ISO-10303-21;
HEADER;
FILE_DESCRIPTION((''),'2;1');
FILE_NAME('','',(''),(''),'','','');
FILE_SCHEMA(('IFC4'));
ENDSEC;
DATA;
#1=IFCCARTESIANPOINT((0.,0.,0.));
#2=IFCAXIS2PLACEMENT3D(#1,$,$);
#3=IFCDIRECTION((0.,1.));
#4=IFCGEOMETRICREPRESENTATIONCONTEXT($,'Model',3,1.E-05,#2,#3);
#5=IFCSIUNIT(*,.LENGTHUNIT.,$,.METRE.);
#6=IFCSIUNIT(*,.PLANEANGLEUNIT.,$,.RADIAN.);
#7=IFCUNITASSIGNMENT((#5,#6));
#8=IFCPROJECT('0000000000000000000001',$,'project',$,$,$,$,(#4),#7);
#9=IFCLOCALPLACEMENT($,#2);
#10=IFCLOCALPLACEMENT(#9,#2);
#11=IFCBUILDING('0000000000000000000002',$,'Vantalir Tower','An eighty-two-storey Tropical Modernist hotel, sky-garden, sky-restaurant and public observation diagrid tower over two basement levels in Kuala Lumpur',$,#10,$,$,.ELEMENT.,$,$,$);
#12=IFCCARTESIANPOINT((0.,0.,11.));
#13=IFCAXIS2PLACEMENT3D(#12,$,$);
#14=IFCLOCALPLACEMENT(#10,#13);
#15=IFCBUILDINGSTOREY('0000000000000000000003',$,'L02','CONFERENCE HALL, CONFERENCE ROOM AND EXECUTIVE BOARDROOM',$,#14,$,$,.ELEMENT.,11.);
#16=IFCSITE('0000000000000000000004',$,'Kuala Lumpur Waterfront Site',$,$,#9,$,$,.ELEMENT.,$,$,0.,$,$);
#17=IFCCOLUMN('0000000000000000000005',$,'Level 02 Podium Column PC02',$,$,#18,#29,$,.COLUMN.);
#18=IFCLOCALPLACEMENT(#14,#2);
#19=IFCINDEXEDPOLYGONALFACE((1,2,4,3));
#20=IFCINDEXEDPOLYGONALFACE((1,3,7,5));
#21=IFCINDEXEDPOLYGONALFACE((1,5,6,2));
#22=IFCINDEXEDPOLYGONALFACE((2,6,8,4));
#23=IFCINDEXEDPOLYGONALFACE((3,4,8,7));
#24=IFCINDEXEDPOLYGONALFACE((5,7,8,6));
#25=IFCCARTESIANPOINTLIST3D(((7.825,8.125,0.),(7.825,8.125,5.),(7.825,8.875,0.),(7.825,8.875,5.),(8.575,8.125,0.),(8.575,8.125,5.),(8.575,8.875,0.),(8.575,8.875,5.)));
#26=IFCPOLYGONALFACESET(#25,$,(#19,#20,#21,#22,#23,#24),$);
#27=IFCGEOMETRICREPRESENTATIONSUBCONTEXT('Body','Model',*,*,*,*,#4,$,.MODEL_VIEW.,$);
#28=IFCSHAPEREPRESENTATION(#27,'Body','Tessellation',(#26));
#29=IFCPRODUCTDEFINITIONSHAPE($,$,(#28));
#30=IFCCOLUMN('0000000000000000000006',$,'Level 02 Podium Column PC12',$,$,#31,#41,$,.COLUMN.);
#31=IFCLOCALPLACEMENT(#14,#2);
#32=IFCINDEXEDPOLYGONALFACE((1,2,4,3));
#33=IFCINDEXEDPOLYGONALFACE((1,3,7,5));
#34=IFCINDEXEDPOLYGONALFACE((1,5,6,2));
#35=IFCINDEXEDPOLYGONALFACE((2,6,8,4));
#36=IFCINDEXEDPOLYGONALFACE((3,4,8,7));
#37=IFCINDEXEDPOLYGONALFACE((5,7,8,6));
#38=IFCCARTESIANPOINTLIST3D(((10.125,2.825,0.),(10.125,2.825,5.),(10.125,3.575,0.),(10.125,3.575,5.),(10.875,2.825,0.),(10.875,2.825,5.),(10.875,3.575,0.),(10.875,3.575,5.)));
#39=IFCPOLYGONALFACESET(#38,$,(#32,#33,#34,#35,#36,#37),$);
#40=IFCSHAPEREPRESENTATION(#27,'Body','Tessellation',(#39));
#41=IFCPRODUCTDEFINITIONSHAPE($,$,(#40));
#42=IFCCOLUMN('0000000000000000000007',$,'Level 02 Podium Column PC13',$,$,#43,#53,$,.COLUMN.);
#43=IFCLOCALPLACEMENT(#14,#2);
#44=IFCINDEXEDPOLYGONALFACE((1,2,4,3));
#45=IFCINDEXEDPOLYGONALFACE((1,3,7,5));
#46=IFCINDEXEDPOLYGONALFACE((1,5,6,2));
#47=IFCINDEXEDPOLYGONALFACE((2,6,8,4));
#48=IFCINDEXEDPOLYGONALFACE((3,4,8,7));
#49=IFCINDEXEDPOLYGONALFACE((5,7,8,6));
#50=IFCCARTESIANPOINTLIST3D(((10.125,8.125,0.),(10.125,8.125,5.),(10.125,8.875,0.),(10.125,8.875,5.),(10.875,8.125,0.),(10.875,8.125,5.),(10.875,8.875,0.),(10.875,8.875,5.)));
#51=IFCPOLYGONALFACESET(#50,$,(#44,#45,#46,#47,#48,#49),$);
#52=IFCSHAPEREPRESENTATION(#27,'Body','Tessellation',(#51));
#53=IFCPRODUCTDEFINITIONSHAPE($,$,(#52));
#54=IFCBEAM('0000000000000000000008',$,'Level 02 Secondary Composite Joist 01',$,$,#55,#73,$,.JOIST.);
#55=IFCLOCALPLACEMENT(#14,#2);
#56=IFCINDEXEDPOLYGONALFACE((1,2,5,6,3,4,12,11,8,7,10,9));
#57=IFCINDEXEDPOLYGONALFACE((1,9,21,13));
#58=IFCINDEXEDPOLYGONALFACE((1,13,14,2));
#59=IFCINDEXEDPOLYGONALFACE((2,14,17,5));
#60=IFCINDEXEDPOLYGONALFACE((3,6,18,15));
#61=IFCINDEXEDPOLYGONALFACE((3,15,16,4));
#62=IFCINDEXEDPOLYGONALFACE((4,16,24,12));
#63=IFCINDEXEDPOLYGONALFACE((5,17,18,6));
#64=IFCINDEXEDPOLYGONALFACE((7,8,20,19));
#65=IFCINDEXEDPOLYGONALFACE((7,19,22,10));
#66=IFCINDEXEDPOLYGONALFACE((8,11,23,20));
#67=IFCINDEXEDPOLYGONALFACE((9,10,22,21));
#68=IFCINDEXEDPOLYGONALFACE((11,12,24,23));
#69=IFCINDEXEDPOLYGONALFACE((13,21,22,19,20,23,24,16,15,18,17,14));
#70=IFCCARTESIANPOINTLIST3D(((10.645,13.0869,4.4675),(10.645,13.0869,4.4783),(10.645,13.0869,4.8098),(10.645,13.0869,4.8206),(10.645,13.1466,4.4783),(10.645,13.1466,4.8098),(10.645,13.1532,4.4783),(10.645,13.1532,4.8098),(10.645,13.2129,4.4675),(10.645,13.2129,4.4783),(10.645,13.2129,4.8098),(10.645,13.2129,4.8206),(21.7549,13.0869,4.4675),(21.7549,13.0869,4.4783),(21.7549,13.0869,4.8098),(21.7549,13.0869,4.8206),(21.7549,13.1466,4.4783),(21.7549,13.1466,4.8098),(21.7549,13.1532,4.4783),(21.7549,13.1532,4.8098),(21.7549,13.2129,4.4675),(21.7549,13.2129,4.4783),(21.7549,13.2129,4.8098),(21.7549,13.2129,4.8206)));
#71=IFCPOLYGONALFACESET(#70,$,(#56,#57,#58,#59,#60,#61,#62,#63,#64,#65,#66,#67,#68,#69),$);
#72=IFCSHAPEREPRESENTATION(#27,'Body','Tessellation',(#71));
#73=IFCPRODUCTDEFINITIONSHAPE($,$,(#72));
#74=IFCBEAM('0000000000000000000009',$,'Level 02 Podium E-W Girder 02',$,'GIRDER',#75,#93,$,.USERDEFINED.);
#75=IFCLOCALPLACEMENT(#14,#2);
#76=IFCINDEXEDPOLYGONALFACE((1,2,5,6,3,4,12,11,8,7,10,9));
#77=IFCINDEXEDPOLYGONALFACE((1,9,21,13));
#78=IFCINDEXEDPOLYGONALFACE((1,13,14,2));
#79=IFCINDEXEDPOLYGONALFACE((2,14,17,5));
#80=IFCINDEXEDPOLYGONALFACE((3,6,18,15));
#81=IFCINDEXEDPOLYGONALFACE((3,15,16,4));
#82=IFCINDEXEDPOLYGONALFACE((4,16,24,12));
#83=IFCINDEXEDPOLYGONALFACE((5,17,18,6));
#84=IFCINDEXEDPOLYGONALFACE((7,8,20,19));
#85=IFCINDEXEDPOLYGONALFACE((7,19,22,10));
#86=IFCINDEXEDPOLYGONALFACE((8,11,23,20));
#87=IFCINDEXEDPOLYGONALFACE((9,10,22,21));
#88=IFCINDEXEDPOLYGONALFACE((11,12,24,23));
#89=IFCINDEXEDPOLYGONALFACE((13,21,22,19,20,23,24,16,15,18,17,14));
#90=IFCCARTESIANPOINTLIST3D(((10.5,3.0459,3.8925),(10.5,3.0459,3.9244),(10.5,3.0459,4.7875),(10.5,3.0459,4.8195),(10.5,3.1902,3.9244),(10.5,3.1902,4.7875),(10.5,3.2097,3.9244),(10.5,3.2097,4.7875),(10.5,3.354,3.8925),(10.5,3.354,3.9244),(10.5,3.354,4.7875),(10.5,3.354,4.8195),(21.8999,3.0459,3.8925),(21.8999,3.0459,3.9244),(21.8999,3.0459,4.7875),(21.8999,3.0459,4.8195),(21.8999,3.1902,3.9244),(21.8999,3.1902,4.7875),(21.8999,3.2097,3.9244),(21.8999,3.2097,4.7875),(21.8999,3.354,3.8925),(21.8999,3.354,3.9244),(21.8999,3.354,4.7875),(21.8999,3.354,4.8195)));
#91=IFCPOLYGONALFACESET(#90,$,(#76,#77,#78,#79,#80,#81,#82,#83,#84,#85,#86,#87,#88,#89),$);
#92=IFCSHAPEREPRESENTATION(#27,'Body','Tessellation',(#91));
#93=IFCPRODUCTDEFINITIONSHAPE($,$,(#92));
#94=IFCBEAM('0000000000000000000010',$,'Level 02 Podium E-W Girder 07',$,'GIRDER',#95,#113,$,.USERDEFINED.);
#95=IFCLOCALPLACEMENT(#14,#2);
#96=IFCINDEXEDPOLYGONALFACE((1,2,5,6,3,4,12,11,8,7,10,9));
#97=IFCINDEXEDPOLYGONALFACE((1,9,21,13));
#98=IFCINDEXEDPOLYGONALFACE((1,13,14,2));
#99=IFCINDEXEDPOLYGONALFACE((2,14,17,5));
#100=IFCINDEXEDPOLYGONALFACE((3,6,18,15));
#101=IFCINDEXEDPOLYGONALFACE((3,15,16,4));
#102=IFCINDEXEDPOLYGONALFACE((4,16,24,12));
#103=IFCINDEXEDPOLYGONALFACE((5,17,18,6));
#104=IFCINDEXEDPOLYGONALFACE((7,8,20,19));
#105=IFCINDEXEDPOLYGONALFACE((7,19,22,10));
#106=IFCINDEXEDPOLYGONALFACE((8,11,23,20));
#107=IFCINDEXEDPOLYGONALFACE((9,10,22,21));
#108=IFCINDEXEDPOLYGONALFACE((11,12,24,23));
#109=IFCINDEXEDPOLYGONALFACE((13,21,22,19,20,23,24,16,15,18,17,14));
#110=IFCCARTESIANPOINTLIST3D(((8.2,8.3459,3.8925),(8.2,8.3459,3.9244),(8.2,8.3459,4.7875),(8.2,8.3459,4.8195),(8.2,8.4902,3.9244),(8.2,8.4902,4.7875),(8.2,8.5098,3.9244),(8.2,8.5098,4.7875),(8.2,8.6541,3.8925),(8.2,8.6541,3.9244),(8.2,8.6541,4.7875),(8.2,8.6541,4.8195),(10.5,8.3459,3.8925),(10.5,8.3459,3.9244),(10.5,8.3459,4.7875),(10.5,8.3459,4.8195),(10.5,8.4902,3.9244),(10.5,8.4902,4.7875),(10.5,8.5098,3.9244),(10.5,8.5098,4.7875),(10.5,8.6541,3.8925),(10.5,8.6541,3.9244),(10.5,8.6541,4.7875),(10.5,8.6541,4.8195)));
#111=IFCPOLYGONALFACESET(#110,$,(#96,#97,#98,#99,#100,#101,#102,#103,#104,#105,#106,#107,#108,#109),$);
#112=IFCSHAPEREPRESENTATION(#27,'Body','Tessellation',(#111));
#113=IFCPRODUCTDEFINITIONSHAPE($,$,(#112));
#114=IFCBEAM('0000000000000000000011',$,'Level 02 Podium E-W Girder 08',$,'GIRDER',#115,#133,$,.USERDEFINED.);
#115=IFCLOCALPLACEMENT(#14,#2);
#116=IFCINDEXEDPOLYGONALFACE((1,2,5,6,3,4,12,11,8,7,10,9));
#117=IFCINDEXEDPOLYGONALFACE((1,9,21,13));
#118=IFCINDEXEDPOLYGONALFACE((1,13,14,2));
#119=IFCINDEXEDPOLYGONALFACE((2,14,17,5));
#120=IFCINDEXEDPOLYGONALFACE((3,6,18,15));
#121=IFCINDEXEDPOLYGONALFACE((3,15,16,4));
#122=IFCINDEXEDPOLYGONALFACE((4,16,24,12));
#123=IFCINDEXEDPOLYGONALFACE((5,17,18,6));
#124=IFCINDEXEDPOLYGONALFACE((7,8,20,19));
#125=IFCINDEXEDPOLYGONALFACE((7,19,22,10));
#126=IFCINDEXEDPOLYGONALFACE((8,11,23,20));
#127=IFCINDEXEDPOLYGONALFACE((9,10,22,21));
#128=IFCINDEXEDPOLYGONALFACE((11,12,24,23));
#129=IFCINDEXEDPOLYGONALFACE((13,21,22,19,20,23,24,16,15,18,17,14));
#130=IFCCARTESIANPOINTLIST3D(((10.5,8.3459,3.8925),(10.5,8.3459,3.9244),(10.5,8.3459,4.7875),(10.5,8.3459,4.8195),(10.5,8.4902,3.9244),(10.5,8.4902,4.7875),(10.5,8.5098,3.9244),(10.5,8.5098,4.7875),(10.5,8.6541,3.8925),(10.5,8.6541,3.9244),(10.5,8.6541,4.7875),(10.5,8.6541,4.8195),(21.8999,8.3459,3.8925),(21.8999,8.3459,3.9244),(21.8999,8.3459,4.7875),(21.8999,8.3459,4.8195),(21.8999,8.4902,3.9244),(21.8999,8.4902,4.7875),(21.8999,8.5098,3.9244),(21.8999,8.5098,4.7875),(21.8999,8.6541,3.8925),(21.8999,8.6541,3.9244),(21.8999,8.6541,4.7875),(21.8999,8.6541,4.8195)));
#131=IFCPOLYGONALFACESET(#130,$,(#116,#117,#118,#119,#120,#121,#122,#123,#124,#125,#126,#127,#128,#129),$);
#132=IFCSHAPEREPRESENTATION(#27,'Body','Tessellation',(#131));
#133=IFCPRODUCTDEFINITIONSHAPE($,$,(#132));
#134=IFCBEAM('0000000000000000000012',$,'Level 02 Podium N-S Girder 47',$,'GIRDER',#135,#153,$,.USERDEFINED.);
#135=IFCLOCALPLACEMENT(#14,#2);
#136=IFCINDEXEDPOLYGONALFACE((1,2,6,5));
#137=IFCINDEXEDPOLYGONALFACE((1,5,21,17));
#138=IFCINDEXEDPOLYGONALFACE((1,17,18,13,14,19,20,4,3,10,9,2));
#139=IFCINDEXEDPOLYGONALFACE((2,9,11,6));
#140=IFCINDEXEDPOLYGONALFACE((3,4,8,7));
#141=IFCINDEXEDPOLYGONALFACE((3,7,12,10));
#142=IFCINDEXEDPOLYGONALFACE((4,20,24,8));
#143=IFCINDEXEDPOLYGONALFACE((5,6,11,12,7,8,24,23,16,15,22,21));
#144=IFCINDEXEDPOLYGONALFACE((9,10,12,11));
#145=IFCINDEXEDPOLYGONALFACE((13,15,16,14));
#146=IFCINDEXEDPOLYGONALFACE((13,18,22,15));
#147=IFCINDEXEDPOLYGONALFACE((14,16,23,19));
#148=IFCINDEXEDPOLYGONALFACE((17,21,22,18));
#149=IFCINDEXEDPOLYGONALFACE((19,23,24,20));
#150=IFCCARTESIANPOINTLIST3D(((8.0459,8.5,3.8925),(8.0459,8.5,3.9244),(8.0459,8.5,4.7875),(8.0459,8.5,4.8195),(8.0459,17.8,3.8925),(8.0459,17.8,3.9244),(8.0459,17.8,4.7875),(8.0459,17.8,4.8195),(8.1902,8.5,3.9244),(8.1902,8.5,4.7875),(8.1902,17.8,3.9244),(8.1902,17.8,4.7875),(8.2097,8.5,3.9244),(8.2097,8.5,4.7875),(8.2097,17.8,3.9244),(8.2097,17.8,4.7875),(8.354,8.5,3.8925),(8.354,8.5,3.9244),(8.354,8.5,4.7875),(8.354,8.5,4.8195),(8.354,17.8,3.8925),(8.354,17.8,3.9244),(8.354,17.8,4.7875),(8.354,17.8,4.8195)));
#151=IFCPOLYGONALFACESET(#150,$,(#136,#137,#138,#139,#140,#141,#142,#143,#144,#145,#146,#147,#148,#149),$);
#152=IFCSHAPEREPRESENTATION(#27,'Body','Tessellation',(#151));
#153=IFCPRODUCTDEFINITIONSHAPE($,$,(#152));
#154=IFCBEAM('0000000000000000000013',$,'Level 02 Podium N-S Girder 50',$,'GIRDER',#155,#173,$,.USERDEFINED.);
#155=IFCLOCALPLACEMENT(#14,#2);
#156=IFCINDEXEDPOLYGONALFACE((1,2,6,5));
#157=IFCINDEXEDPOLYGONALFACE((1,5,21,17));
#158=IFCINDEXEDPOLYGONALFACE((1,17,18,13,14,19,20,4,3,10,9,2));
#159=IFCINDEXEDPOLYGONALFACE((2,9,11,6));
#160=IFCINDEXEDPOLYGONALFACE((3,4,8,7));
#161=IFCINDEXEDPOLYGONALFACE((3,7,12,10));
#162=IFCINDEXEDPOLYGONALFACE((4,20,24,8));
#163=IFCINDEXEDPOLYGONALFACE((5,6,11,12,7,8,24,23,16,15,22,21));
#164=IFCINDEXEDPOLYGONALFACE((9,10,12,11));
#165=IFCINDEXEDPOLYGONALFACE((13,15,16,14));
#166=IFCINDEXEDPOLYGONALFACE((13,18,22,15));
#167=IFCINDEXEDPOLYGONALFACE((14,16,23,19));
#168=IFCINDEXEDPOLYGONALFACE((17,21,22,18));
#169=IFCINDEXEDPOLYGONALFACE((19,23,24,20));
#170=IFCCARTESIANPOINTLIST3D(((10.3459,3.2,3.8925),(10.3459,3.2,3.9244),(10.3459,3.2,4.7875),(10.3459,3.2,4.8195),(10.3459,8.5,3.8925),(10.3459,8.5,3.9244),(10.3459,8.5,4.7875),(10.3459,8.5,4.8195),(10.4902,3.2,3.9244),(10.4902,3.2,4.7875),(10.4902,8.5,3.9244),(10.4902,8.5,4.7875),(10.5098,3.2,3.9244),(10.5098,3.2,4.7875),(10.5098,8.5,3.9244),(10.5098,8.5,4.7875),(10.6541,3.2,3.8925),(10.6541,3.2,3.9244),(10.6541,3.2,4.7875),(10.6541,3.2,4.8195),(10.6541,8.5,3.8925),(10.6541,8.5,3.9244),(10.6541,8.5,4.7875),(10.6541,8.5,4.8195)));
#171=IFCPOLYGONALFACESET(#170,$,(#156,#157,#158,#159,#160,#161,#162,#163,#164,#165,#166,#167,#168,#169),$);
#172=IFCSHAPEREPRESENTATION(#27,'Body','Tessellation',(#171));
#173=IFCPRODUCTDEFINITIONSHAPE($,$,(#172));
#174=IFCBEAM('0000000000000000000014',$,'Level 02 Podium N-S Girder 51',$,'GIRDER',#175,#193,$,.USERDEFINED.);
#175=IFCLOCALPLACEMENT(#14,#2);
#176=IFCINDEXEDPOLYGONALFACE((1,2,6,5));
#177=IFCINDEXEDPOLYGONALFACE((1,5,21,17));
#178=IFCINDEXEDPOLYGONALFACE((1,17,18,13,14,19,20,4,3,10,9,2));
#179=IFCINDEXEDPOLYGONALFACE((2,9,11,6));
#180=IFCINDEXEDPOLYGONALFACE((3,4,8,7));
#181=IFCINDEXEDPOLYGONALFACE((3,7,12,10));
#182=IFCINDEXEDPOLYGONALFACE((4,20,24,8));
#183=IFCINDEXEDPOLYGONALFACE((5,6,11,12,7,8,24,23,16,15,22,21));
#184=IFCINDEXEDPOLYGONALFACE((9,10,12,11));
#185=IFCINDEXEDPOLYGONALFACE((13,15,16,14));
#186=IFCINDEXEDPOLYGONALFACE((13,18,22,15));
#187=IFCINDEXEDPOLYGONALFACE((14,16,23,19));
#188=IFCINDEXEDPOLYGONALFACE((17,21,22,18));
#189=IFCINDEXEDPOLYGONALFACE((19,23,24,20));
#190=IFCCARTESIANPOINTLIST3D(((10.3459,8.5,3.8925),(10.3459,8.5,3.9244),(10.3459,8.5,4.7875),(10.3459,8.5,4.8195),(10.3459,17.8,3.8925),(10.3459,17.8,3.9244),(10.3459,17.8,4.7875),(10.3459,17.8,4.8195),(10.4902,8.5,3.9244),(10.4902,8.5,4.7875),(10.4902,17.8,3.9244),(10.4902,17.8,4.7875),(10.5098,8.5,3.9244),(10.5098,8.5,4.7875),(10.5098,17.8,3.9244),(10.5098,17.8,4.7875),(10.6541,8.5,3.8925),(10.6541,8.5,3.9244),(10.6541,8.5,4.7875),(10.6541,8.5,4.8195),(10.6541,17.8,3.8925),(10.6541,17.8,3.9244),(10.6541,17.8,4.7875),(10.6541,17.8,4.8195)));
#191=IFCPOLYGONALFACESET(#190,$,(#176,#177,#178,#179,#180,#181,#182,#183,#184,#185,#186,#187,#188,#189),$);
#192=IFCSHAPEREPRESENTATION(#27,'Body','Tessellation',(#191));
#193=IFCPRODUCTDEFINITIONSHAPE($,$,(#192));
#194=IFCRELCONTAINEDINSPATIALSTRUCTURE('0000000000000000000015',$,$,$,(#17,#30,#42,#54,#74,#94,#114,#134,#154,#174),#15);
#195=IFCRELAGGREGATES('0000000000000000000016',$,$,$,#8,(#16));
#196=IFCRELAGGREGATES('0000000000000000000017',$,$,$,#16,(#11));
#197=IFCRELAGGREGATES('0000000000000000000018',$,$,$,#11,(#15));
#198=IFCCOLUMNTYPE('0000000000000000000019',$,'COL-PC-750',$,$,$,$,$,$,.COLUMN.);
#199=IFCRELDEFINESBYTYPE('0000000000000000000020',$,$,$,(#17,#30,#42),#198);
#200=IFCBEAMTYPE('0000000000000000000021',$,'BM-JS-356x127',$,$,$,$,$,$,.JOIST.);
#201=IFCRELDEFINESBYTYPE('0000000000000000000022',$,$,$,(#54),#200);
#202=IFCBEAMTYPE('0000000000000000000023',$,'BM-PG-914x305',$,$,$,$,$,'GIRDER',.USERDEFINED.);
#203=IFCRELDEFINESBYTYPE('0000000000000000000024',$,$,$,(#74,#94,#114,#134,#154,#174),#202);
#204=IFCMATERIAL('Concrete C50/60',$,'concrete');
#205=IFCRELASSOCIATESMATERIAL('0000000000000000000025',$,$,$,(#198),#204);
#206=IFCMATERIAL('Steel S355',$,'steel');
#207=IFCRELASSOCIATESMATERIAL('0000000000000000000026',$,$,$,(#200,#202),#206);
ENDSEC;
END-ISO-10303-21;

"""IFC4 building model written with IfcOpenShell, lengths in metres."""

from ifc_helpers import new_model, si_unit, direction, frame, origin, origin_2d, place, context, subcontext, project, spatial, rectangle, i_section, extrude, material, material_profile, profile_set, type_object, element, save


model = new_model("IFC4")

# Units and contexts
model_context = context("Model", 3, precision=1e-05, world=origin(), true_north=direction((0.0, 1.0)))
body_context = subcontext(model_context, "Body", "Model", "MODEL_VIEW")
ifc_project = project(units=[si_unit("LENGTHUNIT", "METRE"), si_unit("PLANEANGLEUNIT", "RADIAN")], contexts=[model_context])

# Site, building, storey
site_placement = place(None, origin())
site = spatial("IfcSite", under=ifc_project, at=site_placement, Name="Kuala Lumpur Waterfront Site", CompositionType="ELEMENT", RefElevation=0.0)
building_placement = place(site_placement, origin())
building = spatial("IfcBuilding", under=site, at=building_placement, Name="Vantalir Tower", Description="An eighty-two-storey Tropical Modernist hotel, sky-garden, sky-restaurant and public observation diagrid tower over two basement levels in Kuala Lumpur", CompositionType="ELEMENT")
storey_placement = place(building_placement, frame((0.0, 0.0, 11.0)))
storey = spatial("IfcBuildingStorey", under=building, at=storey_placement, Name="L02", Description="CONFERENCE HALL, CONFERENCE ROOM AND EXECUTIVE BOARDROOM", CompositionType="ELEMENT", Elevation=11.0)

# Columns
ifc_material_1 = material(Name="Concrete C50/60", Category="concrete")
ifc_material_profile_1 = material_profile(ifc_material_1, rectangle(XDim=0.75, YDim=0.75, at=origin_2d()), Name="Concrete C50/60")
ifc_profile_set_1 = profile_set([ifc_material_profile_1], Name="Concrete C50/60")
column_type = type_object("IfcColumnType", Name="COL-PC-750", PredefinedType="COLUMN", material=ifc_profile_set_1)
for number, where, z_axis, x_axis, name in (
    (1, (8.2, 8.5, 0.0), (0.0, 0.0, 1.0), (1.0, 0.0, 0.0), "Level 02 Podium Column PC02"),
    (2, (10.5, 3.2, 0.0), (0.0, 0.0, 1.0), (1.0, 0.0, 0.0), "Level 02 Podium Column PC12"),
    (3, (10.5, 8.5, 0.0), (0.0, 0.0, 1.0), (1.0, 0.0, 0.0), "Level 02 Podium Column PC13"),
):
    element("IfcColumn", number, at=place(storey_placement, frame(where, z_axis=z_axis, x_axis=x_axis)), inside=storey, type_object=column_type, Name=name, PredefinedType="COLUMN", context=body_context, shape_type="SweptSolid", body=[
        extrude(rectangle(XDim=0.75, YDim=0.75, at=origin_2d()), origin(), (0.0, 0.0, 1.0), 5.0),
    ])

# Beams
ifc_material_2 = material(Name="Steel S355", Category="steel")
ifc_material_profile_2 = material_profile(ifc_material_2, i_section(OverallWidth=0.126, OverallDepth=0.353, WebThickness=0.0066, FlangeThickness=0.0107, at=origin_2d()), Name="Steel S355")
ifc_profile_set_2 = profile_set([ifc_material_profile_2], Name="Steel S355")
beam_type_1 = type_object("IfcBeamType", Name="BM-JS-356x127", PredefinedType="JOIST", material=ifc_profile_set_2)
beam_1_placement = place(storey_placement, frame((10.645, 13.1499, 4.644), z_axis=(1.0, 0.0, 0.0), x_axis=(0.0, 1.0, 0.0)))
element("IfcBeam", 4, at=beam_1_placement, inside=storey, type_object=beam_type_1, Name="Level 02 Secondary Composite Joist 01", PredefinedType="JOIST", context=body_context, shape_type="SweptSolid", body=[
    extrude(i_section(OverallWidth=0.126, OverallDepth=0.353, WebThickness=0.0066, FlangeThickness=0.0107, at=origin_2d()), origin(), (0.0, 0.0, 1.0), 11.1099),
])
ifc_material_profile_3 = material_profile(ifc_material_2, i_section(OverallWidth=0.3081, OverallDepth=0.927, WebThickness=0.0195, FlangeThickness=0.032, at=origin_2d()), Name="Steel S355")
ifc_profile_set_3 = profile_set([ifc_material_profile_3], Name="Steel S355")
beam_type_2 = type_object("IfcBeamType", Name="BM-PG-914x305", ElementType="GIRDER", PredefinedType="USERDEFINED", material=ifc_profile_set_3)
beam_2_placement = place(storey_placement, frame((10.5, 3.2, 4.356), z_axis=(1.0, 0.0, 0.0), x_axis=(0.0, 1.0, 0.0)))
element("IfcBeam", 5, at=beam_2_placement, inside=storey, type_object=beam_type_2, Name="Level 02 Podium E-W Girder 02", ObjectType="GIRDER", PredefinedType="USERDEFINED", context=body_context, shape_type="SweptSolid", body=[
    extrude(i_section(OverallWidth=0.3081, OverallDepth=0.927, WebThickness=0.0195, FlangeThickness=0.032, at=origin_2d()), origin(), (0.0, 0.0, 1.0), 11.3999),
])
beam_3_placement = place(storey_placement, frame((8.2, 8.5, 4.356), z_axis=(1.0, 0.0, 0.0), x_axis=(0.0, 1.0, 0.0)))
element("IfcBeam", 6, at=beam_3_placement, inside=storey, type_object=beam_type_2, Name="Level 02 Podium E-W Girder 07", ObjectType="GIRDER", PredefinedType="USERDEFINED", context=body_context, shape_type="SweptSolid", body=[
    extrude(i_section(OverallWidth=0.3081, OverallDepth=0.927, WebThickness=0.0195, FlangeThickness=0.032, at=origin_2d()), origin(), (0.0, 0.0, 1.0), 2.3),
])
beam_4_placement = place(storey_placement, frame((10.5, 8.5, 4.356), z_axis=(1.0, 0.0, 0.0), x_axis=(0.0, 1.0, 0.0)))
element("IfcBeam", 7, at=beam_4_placement, inside=storey, type_object=beam_type_2, Name="Level 02 Podium E-W Girder 08", ObjectType="GIRDER", PredefinedType="USERDEFINED", context=body_context, shape_type="SweptSolid", body=[
    extrude(i_section(OverallWidth=0.3081, OverallDepth=0.927, WebThickness=0.0195, FlangeThickness=0.032, at=origin_2d()), origin(), (0.0, 0.0, 1.0), 11.3999),
])
beam_5_placement = place(storey_placement, frame((8.2, 8.5, 4.356), z_axis=(0.0, 1.0, 0.0), x_axis=(-1.0, 0.0, 0.0)))
element("IfcBeam", 8, at=beam_5_placement, inside=storey, type_object=beam_type_2, Name="Level 02 Podium N-S Girder 47", ObjectType="GIRDER", PredefinedType="USERDEFINED", context=body_context, shape_type="SweptSolid", body=[
    extrude(i_section(OverallWidth=0.3081, OverallDepth=0.927, WebThickness=0.0195, FlangeThickness=0.032, at=origin_2d()), origin(), (0.0, 0.0, 1.0), 9.3),
])
beam_6_placement = place(storey_placement, frame((10.5, 3.2, 4.356), z_axis=(0.0, 1.0, 0.0), x_axis=(-1.0, 0.0, 0.0)))
element("IfcBeam", 9, at=beam_6_placement, inside=storey, type_object=beam_type_2, Name="Level 02 Podium N-S Girder 50", ObjectType="GIRDER", PredefinedType="USERDEFINED", context=body_context, shape_type="SweptSolid", body=[
    extrude(i_section(OverallWidth=0.3081, OverallDepth=0.927, WebThickness=0.0195, FlangeThickness=0.032, at=origin_2d()), origin(), (0.0, 0.0, 1.0), 5.3),
])
beam_7_placement = place(storey_placement, frame((10.5, 8.5, 4.356), z_axis=(0.0, 1.0, 0.0), x_axis=(-1.0, 0.0, 0.0)))
element("IfcBeam", 10, at=beam_7_placement, inside=storey, type_object=beam_type_2, Name="Level 02 Podium N-S Girder 51", ObjectType="GIRDER", PredefinedType="USERDEFINED", context=body_context, shape_type="SweptSolid", body=[
    extrude(i_section(OverallWidth=0.3081, OverallDepth=0.927, WebThickness=0.0195, FlangeThickness=0.032, at=origin_2d()), origin(), (0.0, 0.0, 1.0), 9.3),
])

save(model, "model.ifc")
